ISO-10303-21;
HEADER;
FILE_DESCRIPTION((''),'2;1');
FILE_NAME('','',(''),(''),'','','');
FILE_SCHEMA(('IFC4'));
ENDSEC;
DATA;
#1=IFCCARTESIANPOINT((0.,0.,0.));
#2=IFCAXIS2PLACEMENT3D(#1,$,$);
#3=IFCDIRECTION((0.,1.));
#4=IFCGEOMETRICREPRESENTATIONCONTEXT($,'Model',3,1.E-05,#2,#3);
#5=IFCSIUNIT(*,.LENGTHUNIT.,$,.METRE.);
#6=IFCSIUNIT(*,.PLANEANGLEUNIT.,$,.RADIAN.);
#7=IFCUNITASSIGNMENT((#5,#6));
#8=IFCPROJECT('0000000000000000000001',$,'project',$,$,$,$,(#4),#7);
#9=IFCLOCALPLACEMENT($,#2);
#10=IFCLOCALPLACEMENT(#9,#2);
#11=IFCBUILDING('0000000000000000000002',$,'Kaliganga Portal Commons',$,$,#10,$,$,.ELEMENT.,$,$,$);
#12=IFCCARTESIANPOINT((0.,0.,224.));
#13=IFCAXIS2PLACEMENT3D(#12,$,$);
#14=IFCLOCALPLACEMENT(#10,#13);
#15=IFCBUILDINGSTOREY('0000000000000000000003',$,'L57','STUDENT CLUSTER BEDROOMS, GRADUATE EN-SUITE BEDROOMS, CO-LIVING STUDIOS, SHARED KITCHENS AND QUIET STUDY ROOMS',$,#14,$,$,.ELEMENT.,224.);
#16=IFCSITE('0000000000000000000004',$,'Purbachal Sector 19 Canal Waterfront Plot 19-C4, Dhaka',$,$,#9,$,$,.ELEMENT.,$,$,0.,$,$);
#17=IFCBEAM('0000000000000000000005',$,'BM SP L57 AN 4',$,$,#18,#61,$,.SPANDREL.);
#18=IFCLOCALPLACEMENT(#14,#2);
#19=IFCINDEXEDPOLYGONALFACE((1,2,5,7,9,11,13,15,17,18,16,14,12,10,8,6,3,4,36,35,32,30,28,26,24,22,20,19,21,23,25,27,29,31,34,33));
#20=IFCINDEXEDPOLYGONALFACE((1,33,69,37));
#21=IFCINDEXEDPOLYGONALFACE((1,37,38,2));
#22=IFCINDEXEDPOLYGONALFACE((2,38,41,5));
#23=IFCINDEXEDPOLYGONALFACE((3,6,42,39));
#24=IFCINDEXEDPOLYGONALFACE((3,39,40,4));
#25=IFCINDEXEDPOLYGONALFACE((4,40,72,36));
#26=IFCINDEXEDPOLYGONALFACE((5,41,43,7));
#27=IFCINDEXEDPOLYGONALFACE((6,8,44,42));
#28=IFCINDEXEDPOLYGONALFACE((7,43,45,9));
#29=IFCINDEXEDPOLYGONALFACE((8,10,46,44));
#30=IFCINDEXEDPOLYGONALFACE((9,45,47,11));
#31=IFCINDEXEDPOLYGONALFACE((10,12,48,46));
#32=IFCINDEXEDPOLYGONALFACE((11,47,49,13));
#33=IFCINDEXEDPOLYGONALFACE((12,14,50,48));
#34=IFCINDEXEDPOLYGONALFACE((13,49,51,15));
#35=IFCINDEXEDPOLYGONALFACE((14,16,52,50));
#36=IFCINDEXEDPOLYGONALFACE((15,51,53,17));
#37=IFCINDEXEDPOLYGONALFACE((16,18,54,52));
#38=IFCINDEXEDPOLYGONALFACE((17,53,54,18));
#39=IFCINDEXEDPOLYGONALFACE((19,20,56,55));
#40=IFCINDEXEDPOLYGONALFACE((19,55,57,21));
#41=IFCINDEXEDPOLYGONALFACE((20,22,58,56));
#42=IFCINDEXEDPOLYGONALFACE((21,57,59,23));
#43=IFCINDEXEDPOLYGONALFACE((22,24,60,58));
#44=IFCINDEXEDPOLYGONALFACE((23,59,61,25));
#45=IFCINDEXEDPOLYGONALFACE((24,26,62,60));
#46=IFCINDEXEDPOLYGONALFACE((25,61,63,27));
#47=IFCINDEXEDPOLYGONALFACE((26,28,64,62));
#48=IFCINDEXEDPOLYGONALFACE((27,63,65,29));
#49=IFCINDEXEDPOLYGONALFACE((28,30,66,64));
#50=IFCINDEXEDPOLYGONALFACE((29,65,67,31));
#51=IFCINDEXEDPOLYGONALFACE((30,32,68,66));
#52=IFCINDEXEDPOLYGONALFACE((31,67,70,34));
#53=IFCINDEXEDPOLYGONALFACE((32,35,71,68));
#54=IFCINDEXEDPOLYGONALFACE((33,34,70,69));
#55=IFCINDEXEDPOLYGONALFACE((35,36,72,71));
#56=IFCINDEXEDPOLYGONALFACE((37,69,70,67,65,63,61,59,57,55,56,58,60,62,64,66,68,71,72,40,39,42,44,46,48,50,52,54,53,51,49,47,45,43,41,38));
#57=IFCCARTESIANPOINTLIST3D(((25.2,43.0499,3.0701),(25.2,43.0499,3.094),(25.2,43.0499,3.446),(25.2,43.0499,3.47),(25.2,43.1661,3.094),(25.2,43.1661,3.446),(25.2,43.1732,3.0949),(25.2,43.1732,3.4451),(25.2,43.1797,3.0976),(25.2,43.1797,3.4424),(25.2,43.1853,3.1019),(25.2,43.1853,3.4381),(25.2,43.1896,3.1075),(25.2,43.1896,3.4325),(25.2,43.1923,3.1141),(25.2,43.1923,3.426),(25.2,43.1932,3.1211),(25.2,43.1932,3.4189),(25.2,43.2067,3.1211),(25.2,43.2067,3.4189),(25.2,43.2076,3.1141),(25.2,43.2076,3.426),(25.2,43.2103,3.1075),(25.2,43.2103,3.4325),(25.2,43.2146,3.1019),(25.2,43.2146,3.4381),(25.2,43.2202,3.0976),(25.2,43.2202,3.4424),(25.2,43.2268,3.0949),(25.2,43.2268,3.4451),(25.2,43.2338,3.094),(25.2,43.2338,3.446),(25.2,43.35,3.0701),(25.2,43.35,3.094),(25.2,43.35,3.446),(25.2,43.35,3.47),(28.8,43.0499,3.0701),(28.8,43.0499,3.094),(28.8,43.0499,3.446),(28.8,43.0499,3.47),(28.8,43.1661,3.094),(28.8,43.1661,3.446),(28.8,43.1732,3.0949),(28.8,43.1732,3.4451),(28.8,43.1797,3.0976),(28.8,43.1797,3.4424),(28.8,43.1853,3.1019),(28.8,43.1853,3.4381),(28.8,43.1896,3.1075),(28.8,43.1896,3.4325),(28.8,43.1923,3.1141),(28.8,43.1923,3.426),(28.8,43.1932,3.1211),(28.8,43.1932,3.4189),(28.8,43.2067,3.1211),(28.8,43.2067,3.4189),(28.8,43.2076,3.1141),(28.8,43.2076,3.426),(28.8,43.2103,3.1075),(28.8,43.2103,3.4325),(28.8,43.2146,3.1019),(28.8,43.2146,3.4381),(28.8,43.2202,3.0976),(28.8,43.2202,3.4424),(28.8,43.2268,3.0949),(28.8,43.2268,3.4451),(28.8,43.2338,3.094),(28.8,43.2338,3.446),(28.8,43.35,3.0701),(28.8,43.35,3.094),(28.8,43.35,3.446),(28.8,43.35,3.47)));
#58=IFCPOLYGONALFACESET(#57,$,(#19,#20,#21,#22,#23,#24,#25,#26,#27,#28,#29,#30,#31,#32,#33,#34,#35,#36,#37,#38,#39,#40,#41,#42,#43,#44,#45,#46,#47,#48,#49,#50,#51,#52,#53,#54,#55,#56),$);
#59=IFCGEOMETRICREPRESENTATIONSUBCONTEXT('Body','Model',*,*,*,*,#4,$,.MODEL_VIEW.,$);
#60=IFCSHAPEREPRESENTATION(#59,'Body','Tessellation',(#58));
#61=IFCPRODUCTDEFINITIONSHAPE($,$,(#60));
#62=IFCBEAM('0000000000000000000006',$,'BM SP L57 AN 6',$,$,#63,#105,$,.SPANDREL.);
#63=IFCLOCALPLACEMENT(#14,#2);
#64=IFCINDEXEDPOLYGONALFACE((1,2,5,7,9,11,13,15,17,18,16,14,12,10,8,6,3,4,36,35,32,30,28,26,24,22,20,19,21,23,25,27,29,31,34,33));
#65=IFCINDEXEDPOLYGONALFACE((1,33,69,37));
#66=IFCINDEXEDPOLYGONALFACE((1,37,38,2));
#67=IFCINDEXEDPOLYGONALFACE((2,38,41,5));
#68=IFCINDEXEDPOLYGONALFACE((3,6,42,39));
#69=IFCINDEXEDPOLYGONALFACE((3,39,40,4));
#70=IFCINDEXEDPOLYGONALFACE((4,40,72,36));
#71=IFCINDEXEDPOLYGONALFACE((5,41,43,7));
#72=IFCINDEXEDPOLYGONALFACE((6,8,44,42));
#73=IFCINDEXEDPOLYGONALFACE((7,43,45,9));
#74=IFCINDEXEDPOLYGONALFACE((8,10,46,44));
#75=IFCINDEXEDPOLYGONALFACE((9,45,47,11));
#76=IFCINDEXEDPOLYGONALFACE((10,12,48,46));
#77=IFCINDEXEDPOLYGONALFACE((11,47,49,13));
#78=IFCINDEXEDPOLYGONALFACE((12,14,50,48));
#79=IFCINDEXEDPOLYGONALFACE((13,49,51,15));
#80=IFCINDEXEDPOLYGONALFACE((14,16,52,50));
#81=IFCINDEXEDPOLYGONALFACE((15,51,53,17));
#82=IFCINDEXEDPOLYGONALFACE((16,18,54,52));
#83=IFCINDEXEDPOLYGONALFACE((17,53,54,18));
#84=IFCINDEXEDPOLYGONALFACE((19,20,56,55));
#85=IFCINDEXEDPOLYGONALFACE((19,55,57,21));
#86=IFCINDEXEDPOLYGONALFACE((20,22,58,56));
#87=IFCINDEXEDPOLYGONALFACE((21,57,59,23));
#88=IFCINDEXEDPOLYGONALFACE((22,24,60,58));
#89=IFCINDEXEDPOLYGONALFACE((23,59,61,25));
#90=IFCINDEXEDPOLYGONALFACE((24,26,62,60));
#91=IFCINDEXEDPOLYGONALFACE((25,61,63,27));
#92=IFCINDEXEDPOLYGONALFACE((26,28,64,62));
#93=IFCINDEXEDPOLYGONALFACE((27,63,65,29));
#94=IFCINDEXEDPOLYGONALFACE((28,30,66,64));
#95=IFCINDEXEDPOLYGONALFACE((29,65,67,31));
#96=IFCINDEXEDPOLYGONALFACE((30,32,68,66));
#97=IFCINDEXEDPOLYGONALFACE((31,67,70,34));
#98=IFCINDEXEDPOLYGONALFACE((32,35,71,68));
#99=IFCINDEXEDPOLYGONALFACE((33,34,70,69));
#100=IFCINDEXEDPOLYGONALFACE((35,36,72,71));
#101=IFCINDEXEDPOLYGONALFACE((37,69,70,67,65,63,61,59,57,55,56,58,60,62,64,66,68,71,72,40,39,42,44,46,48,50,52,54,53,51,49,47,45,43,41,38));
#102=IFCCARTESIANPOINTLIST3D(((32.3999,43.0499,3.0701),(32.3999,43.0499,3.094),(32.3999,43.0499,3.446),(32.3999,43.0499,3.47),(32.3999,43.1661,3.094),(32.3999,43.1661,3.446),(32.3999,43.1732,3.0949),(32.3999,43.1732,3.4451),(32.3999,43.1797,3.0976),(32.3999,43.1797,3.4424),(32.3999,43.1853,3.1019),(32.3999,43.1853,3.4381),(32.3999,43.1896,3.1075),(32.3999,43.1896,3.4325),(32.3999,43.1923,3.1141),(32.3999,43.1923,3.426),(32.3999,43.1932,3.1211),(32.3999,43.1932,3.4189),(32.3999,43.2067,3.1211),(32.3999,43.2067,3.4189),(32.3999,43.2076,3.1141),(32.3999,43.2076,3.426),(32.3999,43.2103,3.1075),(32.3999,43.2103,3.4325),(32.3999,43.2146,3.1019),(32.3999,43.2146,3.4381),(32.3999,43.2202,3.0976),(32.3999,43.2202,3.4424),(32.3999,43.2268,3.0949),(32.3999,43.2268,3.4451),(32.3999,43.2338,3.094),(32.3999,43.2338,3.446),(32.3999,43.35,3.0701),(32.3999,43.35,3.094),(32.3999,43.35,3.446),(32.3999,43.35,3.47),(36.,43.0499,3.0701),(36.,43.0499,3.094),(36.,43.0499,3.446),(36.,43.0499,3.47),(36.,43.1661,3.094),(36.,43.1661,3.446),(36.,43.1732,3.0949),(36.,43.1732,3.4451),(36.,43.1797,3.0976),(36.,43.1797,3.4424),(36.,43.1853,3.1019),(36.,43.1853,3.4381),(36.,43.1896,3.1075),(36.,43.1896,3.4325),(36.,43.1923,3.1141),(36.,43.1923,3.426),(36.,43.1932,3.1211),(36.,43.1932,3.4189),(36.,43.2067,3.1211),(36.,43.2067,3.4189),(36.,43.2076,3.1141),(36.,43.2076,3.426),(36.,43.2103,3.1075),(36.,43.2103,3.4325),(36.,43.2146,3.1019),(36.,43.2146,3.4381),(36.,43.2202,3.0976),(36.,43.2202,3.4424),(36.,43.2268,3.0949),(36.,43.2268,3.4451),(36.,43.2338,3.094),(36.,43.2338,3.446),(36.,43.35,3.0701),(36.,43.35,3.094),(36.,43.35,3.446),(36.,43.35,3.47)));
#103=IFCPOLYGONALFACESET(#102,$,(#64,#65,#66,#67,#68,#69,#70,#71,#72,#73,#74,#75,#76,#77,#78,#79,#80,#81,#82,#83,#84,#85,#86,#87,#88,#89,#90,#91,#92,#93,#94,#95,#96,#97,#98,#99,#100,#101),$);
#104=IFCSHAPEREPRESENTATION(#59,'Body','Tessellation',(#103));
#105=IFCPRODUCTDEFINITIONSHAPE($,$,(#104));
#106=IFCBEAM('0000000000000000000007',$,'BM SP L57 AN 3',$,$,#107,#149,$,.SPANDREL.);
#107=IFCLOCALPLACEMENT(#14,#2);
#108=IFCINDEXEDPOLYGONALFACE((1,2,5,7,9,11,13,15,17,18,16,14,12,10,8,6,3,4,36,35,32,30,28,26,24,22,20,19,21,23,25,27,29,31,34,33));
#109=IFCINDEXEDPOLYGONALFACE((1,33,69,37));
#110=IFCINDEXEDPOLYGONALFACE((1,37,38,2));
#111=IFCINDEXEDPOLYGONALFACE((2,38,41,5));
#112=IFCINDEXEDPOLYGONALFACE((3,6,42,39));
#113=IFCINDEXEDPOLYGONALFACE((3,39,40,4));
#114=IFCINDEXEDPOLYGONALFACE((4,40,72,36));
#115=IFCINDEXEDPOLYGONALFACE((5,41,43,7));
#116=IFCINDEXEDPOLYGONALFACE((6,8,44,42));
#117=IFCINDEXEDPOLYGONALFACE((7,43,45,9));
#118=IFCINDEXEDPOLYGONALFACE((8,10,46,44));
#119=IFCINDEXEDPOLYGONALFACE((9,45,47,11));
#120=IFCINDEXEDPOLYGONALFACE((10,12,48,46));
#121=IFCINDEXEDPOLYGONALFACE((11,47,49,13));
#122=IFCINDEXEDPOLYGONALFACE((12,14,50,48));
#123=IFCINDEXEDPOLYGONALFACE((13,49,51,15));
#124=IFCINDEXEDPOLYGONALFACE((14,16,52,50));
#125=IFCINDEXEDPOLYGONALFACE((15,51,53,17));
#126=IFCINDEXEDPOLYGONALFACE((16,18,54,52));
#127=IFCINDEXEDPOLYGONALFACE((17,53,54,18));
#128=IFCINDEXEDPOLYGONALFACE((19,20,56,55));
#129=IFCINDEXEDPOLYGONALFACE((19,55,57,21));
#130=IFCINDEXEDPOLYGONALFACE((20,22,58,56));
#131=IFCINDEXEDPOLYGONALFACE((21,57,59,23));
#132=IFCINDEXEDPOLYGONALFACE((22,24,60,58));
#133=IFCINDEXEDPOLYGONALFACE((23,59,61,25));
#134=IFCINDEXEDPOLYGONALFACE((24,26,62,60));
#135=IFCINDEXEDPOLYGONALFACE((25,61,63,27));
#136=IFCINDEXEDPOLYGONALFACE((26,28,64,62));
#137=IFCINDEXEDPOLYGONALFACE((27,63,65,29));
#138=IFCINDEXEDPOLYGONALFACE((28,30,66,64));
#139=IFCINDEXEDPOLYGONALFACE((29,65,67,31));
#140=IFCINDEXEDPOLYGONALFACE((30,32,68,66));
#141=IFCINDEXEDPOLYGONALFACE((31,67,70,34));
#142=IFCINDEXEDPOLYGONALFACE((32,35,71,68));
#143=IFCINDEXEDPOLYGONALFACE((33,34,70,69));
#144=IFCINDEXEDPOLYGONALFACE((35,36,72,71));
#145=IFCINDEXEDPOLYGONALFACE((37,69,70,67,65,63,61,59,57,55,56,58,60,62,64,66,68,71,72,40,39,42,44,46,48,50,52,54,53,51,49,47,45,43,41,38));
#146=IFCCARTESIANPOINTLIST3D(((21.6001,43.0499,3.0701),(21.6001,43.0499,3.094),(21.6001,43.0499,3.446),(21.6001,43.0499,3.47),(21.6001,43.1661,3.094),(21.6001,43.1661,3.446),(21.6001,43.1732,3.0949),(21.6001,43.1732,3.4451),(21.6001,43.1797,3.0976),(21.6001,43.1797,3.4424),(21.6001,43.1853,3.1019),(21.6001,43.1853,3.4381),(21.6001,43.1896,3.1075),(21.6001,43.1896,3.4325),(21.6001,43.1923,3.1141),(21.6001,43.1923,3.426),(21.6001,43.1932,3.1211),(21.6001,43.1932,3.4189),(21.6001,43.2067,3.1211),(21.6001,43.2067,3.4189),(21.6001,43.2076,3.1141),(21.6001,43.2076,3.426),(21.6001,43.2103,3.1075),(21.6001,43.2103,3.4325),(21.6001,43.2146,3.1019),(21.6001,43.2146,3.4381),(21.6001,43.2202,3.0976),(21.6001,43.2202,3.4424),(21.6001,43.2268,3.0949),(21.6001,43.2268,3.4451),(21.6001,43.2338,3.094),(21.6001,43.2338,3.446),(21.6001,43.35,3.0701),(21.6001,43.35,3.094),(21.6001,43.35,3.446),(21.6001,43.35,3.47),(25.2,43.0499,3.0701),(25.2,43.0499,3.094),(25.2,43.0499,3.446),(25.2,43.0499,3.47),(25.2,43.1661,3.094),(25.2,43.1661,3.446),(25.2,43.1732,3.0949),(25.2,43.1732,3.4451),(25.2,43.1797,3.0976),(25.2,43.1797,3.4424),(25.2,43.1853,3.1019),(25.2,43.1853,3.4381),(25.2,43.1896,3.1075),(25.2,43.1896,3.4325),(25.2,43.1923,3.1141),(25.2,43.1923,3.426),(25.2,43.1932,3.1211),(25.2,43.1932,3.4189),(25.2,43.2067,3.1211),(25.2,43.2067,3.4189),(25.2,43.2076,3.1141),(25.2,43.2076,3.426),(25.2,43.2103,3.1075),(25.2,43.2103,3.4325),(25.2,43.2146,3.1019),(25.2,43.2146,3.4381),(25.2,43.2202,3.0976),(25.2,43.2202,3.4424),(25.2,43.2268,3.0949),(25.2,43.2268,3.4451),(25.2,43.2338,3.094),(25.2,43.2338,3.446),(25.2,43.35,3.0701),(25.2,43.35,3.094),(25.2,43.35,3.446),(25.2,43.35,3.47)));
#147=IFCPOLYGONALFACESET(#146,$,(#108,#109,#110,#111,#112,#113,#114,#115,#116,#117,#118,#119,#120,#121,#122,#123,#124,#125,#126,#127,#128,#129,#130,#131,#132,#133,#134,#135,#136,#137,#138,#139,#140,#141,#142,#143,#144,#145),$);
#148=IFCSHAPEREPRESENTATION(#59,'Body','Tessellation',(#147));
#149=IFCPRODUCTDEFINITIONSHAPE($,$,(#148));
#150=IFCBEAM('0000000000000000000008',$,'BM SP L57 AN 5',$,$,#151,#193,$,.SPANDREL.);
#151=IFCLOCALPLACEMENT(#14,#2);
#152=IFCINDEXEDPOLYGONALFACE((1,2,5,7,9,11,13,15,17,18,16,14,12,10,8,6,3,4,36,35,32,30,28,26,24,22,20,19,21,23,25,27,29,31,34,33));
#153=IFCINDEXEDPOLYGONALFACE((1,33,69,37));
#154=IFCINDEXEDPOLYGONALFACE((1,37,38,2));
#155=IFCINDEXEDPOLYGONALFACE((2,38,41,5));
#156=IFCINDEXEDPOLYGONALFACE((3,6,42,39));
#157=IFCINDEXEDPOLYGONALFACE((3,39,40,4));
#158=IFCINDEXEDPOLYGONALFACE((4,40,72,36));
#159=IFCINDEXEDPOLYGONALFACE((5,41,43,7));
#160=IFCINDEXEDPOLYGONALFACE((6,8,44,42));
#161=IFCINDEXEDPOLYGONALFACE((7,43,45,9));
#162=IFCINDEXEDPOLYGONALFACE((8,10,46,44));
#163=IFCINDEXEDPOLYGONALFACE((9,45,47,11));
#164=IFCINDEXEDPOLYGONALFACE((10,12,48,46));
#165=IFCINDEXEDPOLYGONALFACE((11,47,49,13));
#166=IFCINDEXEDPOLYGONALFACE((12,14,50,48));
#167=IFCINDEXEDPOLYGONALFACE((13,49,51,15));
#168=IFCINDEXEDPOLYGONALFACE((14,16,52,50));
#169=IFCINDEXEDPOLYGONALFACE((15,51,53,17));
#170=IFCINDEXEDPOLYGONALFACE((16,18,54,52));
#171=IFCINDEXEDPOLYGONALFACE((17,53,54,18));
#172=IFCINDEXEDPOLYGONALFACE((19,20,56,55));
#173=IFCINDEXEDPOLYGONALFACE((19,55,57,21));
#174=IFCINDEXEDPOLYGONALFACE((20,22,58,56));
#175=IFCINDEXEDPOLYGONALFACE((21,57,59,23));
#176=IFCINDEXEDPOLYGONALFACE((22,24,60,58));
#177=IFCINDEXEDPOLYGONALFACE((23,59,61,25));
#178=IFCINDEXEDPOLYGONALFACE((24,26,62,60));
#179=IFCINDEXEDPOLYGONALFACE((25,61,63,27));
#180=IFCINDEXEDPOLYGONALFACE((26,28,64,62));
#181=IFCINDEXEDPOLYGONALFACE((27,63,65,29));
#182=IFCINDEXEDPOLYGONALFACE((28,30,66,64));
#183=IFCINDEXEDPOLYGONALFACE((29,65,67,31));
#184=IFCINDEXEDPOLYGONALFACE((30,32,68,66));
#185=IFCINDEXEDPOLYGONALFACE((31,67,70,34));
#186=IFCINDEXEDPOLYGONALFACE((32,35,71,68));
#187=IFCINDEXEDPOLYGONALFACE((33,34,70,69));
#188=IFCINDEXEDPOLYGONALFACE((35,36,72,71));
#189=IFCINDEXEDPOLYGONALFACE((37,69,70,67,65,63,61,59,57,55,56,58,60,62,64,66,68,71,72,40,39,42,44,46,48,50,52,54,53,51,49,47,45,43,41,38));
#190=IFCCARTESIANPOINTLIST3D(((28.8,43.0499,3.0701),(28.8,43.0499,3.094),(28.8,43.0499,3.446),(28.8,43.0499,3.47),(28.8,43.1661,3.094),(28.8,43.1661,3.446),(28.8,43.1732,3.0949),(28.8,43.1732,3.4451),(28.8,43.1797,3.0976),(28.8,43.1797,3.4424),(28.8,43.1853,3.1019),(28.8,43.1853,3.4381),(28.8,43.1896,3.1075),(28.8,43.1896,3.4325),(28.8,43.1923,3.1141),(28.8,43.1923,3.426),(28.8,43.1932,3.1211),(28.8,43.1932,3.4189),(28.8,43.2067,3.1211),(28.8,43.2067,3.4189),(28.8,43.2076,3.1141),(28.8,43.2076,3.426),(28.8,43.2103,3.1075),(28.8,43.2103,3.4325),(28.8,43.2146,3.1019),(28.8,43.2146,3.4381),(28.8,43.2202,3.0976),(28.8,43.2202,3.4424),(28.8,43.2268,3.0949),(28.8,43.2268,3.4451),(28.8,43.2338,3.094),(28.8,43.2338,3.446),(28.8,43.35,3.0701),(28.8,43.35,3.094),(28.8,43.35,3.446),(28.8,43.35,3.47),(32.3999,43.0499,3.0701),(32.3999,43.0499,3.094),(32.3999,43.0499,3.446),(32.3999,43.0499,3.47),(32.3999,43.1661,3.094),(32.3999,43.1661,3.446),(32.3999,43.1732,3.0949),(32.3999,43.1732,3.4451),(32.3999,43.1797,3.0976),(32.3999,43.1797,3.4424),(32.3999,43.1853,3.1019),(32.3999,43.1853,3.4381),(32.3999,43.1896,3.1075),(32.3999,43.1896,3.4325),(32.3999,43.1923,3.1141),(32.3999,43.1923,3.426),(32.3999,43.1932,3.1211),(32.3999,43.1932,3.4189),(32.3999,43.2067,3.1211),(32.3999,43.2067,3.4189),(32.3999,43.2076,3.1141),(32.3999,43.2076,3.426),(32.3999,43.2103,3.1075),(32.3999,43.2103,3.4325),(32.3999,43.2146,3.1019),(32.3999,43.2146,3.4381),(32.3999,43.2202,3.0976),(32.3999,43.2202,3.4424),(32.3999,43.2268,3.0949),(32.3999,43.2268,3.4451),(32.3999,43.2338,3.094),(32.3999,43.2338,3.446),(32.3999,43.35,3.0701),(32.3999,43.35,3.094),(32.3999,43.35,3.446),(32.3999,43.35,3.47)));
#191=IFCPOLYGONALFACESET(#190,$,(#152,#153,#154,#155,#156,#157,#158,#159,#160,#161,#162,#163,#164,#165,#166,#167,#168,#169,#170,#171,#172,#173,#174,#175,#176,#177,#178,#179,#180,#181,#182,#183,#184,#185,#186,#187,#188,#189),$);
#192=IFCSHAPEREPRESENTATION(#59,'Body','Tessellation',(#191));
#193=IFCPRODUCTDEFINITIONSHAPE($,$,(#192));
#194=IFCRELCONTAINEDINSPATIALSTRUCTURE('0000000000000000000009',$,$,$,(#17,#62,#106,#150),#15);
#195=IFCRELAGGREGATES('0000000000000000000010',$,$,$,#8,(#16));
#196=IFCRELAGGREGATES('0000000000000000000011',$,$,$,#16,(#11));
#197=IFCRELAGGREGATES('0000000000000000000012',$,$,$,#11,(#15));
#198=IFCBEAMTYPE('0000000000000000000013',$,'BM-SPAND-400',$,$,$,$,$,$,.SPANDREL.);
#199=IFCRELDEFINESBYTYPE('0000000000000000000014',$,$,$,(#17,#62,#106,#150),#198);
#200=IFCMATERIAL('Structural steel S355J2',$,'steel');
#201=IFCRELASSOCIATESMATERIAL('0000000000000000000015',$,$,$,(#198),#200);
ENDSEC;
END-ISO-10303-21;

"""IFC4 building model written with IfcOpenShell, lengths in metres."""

from ifc_helpers import new_model, si_unit, direction, frame, origin, origin_2d, place, context, subcontext, project, spatial, i_section, extrude, source, transform, mapped, material, material_profile, profile_set, type_object, element, save


model = new_model("IFC4")

# Units and contexts
model_context = context("Model", 3, precision=1e-05, world=origin(), true_north=direction((0.0, 1.0)))
body_context = subcontext(model_context, "Body", "Model", "MODEL_VIEW")
ifc_project = project(units=[si_unit("LENGTHUNIT", "METRE"), si_unit("PLANEANGLEUNIT", "RADIAN")], contexts=[model_context])

# Site, building, storey
site_placement = place(None, origin())
site = spatial("IfcSite", under=ifc_project, at=site_placement, Name="Purbachal Sector 19 Canal Waterfront Plot 19-C4, Dhaka", CompositionType="ELEMENT", RefElevation=0.0)
building_placement = place(site_placement, origin())
building = spatial("IfcBuilding", under=site, at=building_placement, Name="Kaliganga Portal Commons", CompositionType="ELEMENT")
storey_placement = place(building_placement, frame((0.0, 0.0, 224.0)))
storey = spatial("IfcBuildingStorey", under=building, at=storey_placement, Name="L57", Description="STUDENT CLUSTER BEDROOMS, GRADUATE EN-SUITE BEDROOMS, CO-LIVING STUDIOS, SHARED KITCHENS AND QUIET STUDY ROOMS", CompositionType="ELEMENT", Elevation=224.0)

# Shared definitions
ifc_material_1 = material(Name="Structural steel S355J2", Category="steel")

# Beams
ifc_material_profile_1 = material_profile(ifc_material_1, i_section(OverallWidth=0.3, OverallDepth=0.3999, WebThickness=0.0134, FlangeThickness=0.0239, FilletRadius=0.0271, at=origin_2d()), Name="HE 400 B")
ifc_profile_set_1 = profile_set([ifc_material_profile_1], Name="Structural steel S355J2 wide-flange")
beam_type_1 = type_object("IfcBeamType", Name="BM-SPAND-400", PredefinedType="SPANDREL", material=ifc_profile_set_1)
shared_shape_1 = source(origin(), body_context, "Body", "SweptSolid", [
    extrude(i_section(OverallWidth=0.3, OverallDepth=0.3999, WebThickness=0.0134, FlangeThickness=0.0239, FilletRadius=0.0271, at=origin_2d()), origin(), (0.0, 0.0, 1.0), 3.6001),
])
for number, where, z_axis, x_axis, name in (
    (1, (25.2, 43.2, 3.27), (1.0, 0.0, 0.0), (0.0, 1.0, 0.0), "BM SP L57 AN 4"),
    (2, (32.3999, 43.2, 3.27), (1.0, 0.0, 0.0), (0.0, 1.0, 0.0), "BM SP L57 AN 6"),
):
    element("IfcBeam", number, at=place(storey_placement, frame(where, z_axis=z_axis, x_axis=x_axis)), inside=storey, type_object=beam_type_1, Name=name, PredefinedType="SPANDREL", context=body_context, shape_type="MappedRepresentation", body=[
        mapped(shared_shape_1, transform((0.0, 0.0, 0.0), x_axis=(1.0, 0.0, 0.0), y_axis=(0.0, 1.0, 0.0), z_axis=(0.0, 0.0, 1.0), scale=1.0)),
    ])
shared_shape_2 = source(origin(), body_context, "Body", "SweptSolid", [
    extrude(i_section(OverallWidth=0.3, OverallDepth=0.3999, WebThickness=0.0134, FlangeThickness=0.0239, FilletRadius=0.0271, at=origin_2d()), origin(), (0.0, 0.0, 1.0), 3.5999),
])
for number, where, z_axis, x_axis, name in (
    (3, (21.6001, 43.2, 3.27), (1.0, 0.0, 0.0), (0.0, 1.0, 0.0), "BM SP L57 AN 3"),
    (4, (28.8, 43.2, 3.27), (1.0, 0.0, 0.0), (0.0, 1.0, 0.0), "BM SP L57 AN 5"),
):
    element("IfcBeam", number, at=place(storey_placement, frame(where, z_axis=z_axis, x_axis=x_axis)), inside=storey, type_object=beam_type_1, Name=name, PredefinedType="SPANDREL", context=body_context, shape_type="MappedRepresentation", body=[
        mapped(shared_shape_2, transform((0.0, 0.0, 0.0), x_axis=(1.0, 0.0, 0.0), y_axis=(0.0, 1.0, 0.0), z_axis=(0.0, 0.0, 1.0), scale=1.0)),
    ])

save(model, "model.ifc")
